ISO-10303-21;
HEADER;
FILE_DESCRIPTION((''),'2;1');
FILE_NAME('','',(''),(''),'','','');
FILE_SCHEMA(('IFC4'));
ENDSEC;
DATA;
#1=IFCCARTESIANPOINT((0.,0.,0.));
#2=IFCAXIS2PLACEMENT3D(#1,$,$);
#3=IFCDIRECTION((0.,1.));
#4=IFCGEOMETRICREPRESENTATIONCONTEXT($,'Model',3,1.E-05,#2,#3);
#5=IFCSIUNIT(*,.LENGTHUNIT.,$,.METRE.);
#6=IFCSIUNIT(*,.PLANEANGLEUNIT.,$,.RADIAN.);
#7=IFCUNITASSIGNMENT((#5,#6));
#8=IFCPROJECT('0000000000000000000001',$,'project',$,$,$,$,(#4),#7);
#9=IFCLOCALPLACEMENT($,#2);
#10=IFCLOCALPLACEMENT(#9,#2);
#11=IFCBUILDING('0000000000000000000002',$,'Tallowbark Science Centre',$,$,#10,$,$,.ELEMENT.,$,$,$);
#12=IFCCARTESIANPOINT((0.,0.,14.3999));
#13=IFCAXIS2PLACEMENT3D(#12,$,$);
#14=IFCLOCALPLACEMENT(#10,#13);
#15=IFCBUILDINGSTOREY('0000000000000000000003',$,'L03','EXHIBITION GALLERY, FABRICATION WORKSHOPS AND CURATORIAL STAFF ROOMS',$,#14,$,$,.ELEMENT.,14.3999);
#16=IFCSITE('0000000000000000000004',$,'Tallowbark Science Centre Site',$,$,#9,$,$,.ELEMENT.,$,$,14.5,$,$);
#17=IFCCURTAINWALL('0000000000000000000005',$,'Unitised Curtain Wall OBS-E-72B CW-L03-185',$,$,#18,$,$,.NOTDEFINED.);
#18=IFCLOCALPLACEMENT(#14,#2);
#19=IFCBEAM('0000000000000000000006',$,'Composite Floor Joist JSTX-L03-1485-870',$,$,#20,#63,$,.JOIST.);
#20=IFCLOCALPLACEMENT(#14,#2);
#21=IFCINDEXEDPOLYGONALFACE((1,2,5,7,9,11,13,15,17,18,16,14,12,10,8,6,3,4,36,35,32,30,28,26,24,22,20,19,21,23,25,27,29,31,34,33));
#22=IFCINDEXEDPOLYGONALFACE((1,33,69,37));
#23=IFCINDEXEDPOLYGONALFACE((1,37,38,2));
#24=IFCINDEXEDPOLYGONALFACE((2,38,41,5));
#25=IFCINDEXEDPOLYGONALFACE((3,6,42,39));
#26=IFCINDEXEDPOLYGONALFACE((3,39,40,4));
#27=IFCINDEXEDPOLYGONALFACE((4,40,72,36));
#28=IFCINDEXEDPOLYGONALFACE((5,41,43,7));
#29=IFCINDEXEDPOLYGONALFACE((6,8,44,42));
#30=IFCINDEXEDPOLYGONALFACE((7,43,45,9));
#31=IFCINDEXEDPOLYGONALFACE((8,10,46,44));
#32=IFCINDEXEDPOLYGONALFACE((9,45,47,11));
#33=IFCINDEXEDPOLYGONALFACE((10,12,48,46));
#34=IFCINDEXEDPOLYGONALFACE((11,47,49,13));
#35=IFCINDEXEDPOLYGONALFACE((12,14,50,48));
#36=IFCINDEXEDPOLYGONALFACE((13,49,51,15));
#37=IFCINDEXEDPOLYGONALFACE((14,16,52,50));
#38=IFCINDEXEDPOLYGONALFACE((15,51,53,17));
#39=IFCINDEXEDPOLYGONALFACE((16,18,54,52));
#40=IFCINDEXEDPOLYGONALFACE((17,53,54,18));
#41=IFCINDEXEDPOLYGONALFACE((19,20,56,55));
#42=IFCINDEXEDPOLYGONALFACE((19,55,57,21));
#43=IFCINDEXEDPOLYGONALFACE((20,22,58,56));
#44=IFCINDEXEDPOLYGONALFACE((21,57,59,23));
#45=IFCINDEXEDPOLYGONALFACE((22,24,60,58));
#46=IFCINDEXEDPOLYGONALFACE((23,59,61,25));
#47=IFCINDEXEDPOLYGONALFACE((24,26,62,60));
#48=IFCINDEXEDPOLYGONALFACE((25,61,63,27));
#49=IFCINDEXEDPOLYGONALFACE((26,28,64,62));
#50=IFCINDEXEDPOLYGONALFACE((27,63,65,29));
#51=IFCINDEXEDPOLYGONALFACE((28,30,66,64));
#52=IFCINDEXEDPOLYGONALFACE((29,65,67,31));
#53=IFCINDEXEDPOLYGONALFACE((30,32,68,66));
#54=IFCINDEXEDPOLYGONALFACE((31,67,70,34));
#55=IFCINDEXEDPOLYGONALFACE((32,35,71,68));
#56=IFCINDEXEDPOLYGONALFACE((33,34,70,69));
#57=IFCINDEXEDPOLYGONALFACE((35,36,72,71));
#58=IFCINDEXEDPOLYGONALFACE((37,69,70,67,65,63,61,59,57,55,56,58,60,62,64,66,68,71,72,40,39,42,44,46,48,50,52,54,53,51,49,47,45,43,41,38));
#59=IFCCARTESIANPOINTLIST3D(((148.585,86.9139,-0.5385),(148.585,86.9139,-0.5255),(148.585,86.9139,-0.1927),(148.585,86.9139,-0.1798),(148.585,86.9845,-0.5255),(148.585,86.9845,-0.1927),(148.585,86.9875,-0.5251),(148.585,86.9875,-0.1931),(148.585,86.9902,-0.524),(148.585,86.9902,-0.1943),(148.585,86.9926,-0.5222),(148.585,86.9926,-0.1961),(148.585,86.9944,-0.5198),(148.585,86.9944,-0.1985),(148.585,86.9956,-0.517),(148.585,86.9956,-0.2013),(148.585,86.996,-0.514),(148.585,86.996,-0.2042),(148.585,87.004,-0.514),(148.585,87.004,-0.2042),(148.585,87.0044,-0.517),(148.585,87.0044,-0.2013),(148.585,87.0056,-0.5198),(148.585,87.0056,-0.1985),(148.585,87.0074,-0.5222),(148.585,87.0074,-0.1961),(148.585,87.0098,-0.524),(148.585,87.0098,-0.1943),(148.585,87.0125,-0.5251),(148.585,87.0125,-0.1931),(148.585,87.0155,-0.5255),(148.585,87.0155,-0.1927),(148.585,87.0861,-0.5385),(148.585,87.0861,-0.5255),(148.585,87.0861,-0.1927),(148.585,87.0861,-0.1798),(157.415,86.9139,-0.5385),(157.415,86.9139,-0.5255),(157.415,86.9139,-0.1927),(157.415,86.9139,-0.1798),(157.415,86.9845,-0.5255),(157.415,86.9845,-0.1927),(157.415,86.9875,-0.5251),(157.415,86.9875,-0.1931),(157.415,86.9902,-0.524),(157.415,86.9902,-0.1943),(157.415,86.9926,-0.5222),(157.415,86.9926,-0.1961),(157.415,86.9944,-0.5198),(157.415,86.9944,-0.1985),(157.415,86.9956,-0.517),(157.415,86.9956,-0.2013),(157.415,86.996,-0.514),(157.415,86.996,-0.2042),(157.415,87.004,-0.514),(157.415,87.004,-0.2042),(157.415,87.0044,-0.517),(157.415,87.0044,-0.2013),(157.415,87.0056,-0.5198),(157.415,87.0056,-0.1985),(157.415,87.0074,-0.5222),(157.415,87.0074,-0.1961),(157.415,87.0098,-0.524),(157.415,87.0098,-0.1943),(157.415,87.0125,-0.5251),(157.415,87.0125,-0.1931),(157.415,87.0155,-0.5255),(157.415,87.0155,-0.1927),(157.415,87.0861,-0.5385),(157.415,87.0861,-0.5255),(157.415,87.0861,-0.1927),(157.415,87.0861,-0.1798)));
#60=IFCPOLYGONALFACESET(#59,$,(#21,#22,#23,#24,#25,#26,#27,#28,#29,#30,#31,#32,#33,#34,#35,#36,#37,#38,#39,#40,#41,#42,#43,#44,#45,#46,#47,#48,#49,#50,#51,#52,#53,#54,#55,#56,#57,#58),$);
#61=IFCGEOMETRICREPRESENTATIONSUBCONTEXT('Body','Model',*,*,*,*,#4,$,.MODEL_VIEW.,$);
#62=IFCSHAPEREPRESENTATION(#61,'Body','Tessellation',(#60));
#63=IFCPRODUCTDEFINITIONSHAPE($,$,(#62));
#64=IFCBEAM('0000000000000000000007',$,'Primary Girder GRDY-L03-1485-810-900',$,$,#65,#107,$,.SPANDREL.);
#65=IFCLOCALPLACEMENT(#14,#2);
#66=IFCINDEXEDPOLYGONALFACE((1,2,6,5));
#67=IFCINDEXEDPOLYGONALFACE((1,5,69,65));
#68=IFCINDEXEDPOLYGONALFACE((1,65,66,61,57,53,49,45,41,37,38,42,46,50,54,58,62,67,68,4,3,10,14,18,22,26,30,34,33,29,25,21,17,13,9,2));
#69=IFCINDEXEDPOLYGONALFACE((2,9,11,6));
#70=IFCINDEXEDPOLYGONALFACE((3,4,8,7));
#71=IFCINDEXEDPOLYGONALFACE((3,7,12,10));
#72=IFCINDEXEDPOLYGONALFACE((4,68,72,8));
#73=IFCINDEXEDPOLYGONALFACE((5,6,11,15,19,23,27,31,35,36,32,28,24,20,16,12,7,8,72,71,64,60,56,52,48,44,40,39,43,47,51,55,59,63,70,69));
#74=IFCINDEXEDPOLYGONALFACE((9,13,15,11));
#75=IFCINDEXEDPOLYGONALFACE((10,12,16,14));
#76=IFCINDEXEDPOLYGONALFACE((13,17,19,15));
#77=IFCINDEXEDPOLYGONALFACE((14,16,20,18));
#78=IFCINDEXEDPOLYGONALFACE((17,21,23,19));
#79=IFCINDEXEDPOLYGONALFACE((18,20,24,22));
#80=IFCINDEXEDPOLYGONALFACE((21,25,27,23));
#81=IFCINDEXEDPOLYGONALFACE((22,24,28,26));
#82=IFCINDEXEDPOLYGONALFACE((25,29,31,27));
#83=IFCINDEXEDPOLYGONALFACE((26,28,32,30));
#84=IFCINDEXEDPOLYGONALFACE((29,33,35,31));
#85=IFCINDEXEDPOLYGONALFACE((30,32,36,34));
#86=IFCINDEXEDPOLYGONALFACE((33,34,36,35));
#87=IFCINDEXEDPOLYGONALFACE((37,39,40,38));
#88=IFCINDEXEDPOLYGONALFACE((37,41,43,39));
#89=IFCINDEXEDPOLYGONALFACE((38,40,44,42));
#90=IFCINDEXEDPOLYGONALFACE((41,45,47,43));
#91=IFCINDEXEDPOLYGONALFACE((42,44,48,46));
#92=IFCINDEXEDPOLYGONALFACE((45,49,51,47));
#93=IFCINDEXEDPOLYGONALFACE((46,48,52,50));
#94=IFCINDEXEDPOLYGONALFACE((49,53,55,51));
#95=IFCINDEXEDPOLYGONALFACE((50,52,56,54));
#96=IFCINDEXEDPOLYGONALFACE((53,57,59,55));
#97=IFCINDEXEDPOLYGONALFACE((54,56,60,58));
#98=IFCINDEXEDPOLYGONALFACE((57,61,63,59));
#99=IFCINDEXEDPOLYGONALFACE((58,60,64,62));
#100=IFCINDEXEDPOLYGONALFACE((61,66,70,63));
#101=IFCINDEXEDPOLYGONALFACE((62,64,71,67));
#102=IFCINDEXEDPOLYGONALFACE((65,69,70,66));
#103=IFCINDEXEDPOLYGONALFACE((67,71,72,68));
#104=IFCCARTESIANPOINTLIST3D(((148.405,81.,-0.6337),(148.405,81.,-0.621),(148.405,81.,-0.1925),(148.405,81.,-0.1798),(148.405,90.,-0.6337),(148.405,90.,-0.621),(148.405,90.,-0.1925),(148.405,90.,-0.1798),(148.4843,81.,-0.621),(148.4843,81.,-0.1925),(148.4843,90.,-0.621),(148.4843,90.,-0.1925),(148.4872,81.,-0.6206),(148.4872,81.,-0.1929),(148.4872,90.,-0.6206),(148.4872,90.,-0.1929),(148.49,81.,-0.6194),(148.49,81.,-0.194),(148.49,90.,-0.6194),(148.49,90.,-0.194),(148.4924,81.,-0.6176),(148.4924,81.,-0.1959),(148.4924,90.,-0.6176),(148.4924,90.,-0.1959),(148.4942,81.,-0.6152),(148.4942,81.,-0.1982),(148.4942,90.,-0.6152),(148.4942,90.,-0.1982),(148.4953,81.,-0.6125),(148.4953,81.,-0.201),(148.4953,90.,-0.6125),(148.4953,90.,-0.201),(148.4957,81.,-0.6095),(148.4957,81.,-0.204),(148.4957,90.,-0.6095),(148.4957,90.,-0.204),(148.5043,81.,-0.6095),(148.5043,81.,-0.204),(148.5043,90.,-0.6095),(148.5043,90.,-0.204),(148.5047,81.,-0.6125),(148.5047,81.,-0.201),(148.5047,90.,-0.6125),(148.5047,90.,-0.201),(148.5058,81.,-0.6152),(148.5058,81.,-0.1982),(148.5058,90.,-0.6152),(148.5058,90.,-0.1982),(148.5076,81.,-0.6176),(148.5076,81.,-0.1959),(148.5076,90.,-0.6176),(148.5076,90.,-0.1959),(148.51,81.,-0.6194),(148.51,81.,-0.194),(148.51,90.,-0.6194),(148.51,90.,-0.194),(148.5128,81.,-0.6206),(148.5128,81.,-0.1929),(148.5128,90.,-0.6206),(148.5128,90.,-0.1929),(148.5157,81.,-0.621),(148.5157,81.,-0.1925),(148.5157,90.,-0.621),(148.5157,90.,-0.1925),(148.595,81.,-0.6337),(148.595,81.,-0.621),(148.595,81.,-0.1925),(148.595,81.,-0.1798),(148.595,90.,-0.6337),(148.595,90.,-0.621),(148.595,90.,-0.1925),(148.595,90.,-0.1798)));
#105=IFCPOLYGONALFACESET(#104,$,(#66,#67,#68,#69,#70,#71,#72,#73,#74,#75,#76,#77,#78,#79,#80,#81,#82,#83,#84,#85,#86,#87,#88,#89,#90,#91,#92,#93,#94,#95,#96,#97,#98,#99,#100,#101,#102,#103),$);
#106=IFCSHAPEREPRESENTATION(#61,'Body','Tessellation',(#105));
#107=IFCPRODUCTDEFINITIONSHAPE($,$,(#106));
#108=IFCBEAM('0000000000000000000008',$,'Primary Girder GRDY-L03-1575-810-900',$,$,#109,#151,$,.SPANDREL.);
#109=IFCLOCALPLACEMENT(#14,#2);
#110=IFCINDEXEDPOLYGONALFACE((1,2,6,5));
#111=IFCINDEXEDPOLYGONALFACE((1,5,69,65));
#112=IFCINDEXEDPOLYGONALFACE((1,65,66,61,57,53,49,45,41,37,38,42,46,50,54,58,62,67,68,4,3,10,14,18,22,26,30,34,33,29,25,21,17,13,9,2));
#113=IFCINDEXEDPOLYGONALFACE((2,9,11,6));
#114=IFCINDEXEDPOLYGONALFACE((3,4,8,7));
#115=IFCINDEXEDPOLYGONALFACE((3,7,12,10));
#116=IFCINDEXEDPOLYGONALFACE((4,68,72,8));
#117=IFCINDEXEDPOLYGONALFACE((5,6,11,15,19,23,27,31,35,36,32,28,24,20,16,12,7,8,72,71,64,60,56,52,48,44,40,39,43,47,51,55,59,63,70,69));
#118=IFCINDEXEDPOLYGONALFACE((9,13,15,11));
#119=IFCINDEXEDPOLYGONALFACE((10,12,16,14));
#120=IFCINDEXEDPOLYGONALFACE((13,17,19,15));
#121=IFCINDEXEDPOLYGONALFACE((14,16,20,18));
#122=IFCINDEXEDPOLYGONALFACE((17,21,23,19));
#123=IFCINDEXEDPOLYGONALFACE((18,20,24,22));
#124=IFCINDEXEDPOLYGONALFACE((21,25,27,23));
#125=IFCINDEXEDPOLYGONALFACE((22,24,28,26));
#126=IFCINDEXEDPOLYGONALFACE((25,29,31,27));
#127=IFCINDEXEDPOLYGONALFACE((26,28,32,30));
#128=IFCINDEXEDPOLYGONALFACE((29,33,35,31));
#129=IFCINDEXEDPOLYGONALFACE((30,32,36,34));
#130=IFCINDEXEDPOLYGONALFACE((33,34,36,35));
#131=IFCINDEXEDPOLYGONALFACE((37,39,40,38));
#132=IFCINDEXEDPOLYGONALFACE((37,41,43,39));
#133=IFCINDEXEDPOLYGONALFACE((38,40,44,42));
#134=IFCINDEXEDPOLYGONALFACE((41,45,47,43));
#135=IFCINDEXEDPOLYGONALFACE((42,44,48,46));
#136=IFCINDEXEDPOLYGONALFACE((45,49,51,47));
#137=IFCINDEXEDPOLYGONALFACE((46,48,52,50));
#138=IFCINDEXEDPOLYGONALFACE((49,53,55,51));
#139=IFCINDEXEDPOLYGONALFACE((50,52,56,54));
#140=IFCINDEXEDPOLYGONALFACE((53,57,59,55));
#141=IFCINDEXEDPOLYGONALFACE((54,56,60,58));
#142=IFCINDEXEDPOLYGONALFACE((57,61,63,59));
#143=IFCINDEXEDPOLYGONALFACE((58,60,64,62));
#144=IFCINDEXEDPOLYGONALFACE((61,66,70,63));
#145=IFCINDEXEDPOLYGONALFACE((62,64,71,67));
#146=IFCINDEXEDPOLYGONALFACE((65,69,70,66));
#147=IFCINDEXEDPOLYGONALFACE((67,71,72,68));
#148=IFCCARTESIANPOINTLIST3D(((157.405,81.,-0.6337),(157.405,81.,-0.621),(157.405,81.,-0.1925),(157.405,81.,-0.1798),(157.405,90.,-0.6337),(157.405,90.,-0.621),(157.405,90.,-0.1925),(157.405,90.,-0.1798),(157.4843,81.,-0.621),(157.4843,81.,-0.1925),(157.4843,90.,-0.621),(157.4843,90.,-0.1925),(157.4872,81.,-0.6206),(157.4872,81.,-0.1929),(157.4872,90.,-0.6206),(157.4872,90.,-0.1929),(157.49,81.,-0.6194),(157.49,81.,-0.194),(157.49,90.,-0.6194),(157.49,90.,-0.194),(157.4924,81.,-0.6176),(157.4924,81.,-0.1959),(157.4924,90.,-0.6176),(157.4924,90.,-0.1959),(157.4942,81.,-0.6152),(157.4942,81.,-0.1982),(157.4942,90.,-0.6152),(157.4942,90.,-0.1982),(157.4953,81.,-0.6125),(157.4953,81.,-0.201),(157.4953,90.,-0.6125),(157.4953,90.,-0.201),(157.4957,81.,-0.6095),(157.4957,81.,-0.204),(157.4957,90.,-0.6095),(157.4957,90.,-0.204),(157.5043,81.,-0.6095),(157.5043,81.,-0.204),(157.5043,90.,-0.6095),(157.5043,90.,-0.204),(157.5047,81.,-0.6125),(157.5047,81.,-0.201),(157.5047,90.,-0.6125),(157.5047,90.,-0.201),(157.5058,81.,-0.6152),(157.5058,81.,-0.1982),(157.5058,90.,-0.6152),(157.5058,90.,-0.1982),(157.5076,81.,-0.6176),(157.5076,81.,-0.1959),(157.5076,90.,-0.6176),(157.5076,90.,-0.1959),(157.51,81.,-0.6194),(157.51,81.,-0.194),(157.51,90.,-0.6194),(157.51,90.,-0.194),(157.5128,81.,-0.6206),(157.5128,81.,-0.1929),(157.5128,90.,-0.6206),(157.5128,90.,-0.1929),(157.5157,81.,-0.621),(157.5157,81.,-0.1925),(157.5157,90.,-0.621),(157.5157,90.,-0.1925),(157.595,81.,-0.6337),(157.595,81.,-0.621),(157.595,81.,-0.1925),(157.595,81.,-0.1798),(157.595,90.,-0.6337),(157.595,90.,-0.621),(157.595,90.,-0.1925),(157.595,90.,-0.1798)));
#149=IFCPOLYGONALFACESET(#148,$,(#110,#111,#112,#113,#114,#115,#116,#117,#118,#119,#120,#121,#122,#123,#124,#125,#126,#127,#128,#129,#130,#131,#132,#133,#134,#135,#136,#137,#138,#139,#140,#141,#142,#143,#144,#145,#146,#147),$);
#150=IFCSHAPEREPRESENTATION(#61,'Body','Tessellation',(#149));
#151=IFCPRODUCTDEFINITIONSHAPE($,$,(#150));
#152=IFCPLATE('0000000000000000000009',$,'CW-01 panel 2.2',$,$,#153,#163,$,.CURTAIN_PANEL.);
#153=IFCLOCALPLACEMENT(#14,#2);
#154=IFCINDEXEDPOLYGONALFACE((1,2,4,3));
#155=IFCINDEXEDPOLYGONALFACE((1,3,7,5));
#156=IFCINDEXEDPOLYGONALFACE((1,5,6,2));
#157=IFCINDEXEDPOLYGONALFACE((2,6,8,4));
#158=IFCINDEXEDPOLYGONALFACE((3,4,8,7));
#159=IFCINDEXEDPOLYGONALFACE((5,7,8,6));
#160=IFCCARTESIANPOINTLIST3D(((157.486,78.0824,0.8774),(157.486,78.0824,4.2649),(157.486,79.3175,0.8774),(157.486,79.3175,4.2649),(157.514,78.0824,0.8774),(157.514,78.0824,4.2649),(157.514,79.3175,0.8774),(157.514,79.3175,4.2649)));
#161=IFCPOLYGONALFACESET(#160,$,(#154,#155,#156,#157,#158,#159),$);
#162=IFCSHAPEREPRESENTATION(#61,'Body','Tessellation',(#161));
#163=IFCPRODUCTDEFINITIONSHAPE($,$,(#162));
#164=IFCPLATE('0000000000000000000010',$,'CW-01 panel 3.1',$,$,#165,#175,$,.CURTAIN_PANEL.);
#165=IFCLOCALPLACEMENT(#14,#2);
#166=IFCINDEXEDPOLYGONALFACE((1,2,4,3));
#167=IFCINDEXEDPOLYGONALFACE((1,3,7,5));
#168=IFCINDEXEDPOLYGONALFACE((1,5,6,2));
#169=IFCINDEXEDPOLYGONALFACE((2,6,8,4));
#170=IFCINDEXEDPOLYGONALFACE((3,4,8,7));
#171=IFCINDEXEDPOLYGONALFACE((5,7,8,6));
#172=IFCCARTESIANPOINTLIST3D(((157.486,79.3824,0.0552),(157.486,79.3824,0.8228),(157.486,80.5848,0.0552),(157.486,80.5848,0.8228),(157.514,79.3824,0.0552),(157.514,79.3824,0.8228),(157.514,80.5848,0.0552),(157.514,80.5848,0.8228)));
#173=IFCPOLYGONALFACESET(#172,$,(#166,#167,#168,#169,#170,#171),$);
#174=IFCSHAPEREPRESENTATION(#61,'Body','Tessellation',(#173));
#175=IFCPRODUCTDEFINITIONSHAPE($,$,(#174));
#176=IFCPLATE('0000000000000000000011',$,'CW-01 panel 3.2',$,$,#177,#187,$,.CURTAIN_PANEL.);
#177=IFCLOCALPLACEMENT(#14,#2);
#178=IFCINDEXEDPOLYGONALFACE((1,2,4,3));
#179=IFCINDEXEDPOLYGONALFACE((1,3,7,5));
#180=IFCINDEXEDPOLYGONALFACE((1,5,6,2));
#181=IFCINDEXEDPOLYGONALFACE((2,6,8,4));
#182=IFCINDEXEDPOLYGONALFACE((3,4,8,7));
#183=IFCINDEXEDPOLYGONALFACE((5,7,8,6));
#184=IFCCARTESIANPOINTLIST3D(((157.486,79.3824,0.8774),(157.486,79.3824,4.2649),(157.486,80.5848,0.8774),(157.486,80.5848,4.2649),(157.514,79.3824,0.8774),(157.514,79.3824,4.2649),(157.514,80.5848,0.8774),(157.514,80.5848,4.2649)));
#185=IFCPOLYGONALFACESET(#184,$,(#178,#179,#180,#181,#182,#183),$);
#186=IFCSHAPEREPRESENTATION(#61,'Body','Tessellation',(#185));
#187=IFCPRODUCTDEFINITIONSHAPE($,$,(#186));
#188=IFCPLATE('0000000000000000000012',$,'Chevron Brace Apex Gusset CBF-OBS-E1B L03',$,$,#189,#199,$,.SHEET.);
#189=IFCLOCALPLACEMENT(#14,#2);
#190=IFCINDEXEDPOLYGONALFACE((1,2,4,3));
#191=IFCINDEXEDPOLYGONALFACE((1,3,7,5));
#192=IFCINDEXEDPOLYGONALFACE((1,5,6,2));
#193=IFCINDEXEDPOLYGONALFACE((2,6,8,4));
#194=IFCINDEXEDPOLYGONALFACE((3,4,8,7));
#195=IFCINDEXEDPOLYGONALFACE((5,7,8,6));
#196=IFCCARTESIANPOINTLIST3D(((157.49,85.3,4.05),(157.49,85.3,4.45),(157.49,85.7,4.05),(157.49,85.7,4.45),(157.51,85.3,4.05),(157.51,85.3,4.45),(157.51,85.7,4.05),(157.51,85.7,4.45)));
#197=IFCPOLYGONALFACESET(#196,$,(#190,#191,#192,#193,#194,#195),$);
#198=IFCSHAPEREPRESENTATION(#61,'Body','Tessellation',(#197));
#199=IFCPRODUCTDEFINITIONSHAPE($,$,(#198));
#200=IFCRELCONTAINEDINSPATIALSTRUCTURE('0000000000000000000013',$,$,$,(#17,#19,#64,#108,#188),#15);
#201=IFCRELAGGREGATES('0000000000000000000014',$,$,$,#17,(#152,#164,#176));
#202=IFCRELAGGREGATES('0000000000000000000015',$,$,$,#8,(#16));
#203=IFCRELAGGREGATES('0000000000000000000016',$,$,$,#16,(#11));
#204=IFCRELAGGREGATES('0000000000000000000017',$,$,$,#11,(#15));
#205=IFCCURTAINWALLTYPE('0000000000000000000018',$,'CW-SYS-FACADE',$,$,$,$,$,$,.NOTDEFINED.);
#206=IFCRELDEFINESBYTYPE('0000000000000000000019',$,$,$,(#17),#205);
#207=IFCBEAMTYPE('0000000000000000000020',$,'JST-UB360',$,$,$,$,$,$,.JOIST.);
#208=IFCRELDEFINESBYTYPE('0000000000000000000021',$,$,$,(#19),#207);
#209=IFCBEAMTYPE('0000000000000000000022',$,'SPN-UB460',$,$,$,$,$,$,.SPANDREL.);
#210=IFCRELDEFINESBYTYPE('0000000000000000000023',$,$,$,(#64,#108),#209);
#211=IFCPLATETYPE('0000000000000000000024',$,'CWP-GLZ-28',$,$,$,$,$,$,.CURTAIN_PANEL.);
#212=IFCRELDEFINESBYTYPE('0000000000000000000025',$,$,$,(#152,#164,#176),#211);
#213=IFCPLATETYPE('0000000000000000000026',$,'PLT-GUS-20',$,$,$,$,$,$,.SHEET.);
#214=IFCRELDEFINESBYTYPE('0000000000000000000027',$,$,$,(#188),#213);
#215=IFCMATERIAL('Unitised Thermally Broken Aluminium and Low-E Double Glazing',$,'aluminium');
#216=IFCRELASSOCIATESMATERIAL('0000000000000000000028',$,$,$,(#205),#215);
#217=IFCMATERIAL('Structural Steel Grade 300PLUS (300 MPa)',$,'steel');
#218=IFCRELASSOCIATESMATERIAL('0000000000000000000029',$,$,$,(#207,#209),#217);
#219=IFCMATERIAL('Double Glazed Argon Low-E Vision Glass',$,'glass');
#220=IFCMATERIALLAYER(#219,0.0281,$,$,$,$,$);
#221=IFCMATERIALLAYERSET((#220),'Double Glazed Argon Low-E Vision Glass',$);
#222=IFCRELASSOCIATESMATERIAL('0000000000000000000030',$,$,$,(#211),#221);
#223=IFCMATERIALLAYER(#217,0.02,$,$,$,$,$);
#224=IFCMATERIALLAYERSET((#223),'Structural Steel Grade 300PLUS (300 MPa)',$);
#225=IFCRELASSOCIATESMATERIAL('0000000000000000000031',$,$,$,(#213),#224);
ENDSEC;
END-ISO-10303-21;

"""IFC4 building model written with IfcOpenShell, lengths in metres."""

from ifc_helpers import new_model, si_unit, direction, frame, origin, origin_2d, place, context, subcontext, project, spatial, rectangle, i_section, extrude, material, layer, layer_set, material_profile, profile_set, type_object, element, aggregate, save


model = new_model("IFC4")

# Units and contexts
model_context = context("Model", 3, precision=1e-05, world=origin(), true_north=direction((0.0, 1.0)))
body_context = subcontext(model_context, "Body", "Model", "MODEL_VIEW")
ifc_project = project(units=[si_unit("LENGTHUNIT", "METRE"), si_unit("PLANEANGLEUNIT", "RADIAN")], contexts=[model_context])

# Site, building, storey
site_placement = place(None, origin())
site = spatial("IfcSite", under=ifc_project, at=site_placement, Name="Tallowbark Science Centre Site", CompositionType="ELEMENT", RefElevation=14.5)
building_placement = place(site_placement, origin())
building = spatial("IfcBuilding", under=site, at=building_placement, Name="Tallowbark Science Centre", CompositionType="ELEMENT")
storey_placement = place(building_placement, frame((0.0, 0.0, 14.3999)))
storey = spatial("IfcBuildingStorey", under=building, at=storey_placement, Name="L03", Description="EXHIBITION GALLERY, FABRICATION WORKSHOPS AND CURATORIAL STAFF ROOMS", CompositionType="ELEMENT", Elevation=14.3999)

# Shared definitions
ifc_material_1 = material(Name="Structural Steel Grade 300PLUS (300 MPa)", Category="steel")

# Curtain wall
ifc_material_2 = material(Name="Unitised Thermally Broken Aluminium and Low-E Double Glazing", Category="aluminium")
curtain_wall_type = type_object("IfcCurtainWallType", Name="CW-SYS-FACADE", PredefinedType="NOTDEFINED", material=ifc_material_2)
curtain_wall_placement = place(storey_placement, origin())
curtain_wall = element("IfcCurtainWall", 1, at=curtain_wall_placement, inside=storey, type_object=curtain_wall_type, Name="Unitised Curtain Wall OBS-E-72B CW-L03-185", PredefinedType="NOTDEFINED")

# Beams
ifc_material_profile_1 = material_profile(ifc_material_1, i_section(OverallWidth=0.1721, OverallDepth=0.3586, WebThickness=0.0081, FlangeThickness=0.0129, FilletRadius=0.0115, at=origin_2d()), Name="360UB56.7")
ifc_profile_set_1 = profile_set([ifc_material_profile_1], Name="Structural Steel Grade 300PLUS (300 MPa)")
beam_type_1 = type_object("IfcBeamType", Name="JST-UB360", PredefinedType="JOIST", material=ifc_profile_set_1)
for number, where, z_axis, x_axis, name in (
    (2, (148.585, 87.0, -0.3591), (1.0, 0.0, 0.0), (0.0, 1.0, 0.0), "Composite Floor Joist JSTX-L03-1485-870"),
):
    element("IfcBeam", number, at=place(storey_placement, frame(where, z_axis=z_axis, x_axis=x_axis)), inside=storey, type_object=beam_type_1, Name=name, PredefinedType="JOIST", context=body_context, shape_type="SweptSolid", body=[
        extrude(i_section(OverallWidth=0.1721, OverallDepth=0.3586, WebThickness=0.0081, FlangeThickness=0.0129, FilletRadius=0.0115, at=origin_2d()), origin(), (0.0, 0.0, 1.0), 8.8301),
    ])
ifc_material_profile_2 = material_profile(ifc_material_1, i_section(OverallWidth=0.1899, OverallDepth=0.4539, WebThickness=0.0085, FlangeThickness=0.0127, FilletRadius=0.0115, at=origin_2d()), Name="460UB67.1")
ifc_profile_set_2 = profile_set([ifc_material_profile_2], Name="Structural Steel Grade 300PLUS (300 MPa)")
beam_type_2 = type_object("IfcBeamType", Name="SPN-UB460", PredefinedType="SPANDREL", material=ifc_profile_set_2)
for number, where, z_axis, x_axis, name in (
    (3, (148.5, 81.0, -0.4067), (0.0, 1.0, 0.0), (-1.0, 0.0, 0.0), "Primary Girder GRDY-L03-1485-810-900"),
    (4, (157.5, 81.0, -0.4067), (0.0, 1.0, 0.0), (-1.0, 0.0, 0.0), "Primary Girder GRDY-L03-1575-810-900"),
):
    element("IfcBeam", number, at=place(storey_placement, frame(where, z_axis=z_axis, x_axis=x_axis)), inside=storey, type_object=beam_type_2, Name=name, PredefinedType="SPANDREL", context=body_context, shape_type="SweptSolid", body=[
        extrude(i_section(OverallWidth=0.1899, OverallDepth=0.4539, WebThickness=0.0085, FlangeThickness=0.0127, FilletRadius=0.0115, at=origin_2d()), origin(), (0.0, 0.0, 1.0), 9.0),
    ])

# Plates
ifc_material_3 = material(Name="Double Glazed Argon Low-E Vision Glass", Category="glass")
ifc_layer_1 = layer(ifc_material_3, 0.0281)
ifc_layer_set_1 = layer_set([ifc_layer_1], Name="Double Glazed Argon Low-E Vision Glass")
plate_type_1 = type_object("IfcPlateType", Name="CWP-GLZ-28", PredefinedType="CURTAIN_PANEL", material=ifc_layer_set_1)
plate_1_placement = place(storey_placement, frame((157.5, 78.7, 0.8774), z_axis=(0.0, 0.0, 1.0), x_axis=(0.0, 1.0, 0.0)))
plate_1 = element("IfcPlate", 5, at=plate_1_placement, type_object=plate_type_1, Name="CW-01 panel 2.2", PredefinedType="CURTAIN_PANEL", context=body_context, shape_type="SweptSolid", body=[
    extrude(rectangle(XDim=1.2351, YDim=0.0281, at=origin_2d()), origin(), (0.0, 0.0, 1.0), 3.3875),
])
plate_2_placement = place(storey_placement, frame((157.5, 79.9836, 0.0552), z_axis=(0.0, 0.0, 1.0), x_axis=(0.0, 1.0, 0.0)))
plate_2 = element("IfcPlate", 6, at=plate_2_placement, type_object=plate_type_1, Name="CW-01 panel 3.1", PredefinedType="CURTAIN_PANEL", context=body_context, shape_type="SweptSolid", body=[
    extrude(rectangle(XDim=1.2024, YDim=0.0281, at=origin_2d()), origin(), (0.0, 0.0, 1.0), 0.7676),
])
plate_3_placement = place(storey_placement, frame((157.5, 79.9836, 0.8774), z_axis=(0.0, 0.0, 1.0), x_axis=(0.0, 1.0, 0.0)))
plate_3 = element("IfcPlate", 7, at=plate_3_placement, type_object=plate_type_1, Name="CW-01 panel 3.2", PredefinedType="CURTAIN_PANEL", context=body_context, shape_type="SweptSolid", body=[
    extrude(rectangle(XDim=1.2024, YDim=0.0281, at=origin_2d()), origin(), (0.0, 0.0, 1.0), 3.3875),
])
aggregate(curtain_wall, [plate_1, plate_2, plate_3])
ifc_layer_2 = layer(ifc_material_1, 0.02)
ifc_layer_set_2 = layer_set([ifc_layer_2], Name="Structural Steel Grade 300PLUS (300 MPa)")
plate_type_2 = type_object("IfcPlateType", Name="PLT-GUS-20", PredefinedType="SHEET", material=ifc_layer_set_2)
plate_4_placement = place(storey_placement, frame((157.5, 85.5, 4.05), z_axis=(0.0, 0.0, 1.0), x_axis=(0.0, 1.0, 0.0)))
element("IfcPlate", 8, at=plate_4_placement, inside=storey, type_object=plate_type_2, Name="Chevron Brace Apex Gusset CBF-OBS-E1B L03", PredefinedType="SHEET", context=body_context, shape_type="SweptSolid", body=[
    extrude(rectangle(XDim=0.3999, YDim=0.02, at=origin_2d()), origin(), (0.0, 0.0, 1.0), 0.3999),
])

save(model, "model.ifc")
